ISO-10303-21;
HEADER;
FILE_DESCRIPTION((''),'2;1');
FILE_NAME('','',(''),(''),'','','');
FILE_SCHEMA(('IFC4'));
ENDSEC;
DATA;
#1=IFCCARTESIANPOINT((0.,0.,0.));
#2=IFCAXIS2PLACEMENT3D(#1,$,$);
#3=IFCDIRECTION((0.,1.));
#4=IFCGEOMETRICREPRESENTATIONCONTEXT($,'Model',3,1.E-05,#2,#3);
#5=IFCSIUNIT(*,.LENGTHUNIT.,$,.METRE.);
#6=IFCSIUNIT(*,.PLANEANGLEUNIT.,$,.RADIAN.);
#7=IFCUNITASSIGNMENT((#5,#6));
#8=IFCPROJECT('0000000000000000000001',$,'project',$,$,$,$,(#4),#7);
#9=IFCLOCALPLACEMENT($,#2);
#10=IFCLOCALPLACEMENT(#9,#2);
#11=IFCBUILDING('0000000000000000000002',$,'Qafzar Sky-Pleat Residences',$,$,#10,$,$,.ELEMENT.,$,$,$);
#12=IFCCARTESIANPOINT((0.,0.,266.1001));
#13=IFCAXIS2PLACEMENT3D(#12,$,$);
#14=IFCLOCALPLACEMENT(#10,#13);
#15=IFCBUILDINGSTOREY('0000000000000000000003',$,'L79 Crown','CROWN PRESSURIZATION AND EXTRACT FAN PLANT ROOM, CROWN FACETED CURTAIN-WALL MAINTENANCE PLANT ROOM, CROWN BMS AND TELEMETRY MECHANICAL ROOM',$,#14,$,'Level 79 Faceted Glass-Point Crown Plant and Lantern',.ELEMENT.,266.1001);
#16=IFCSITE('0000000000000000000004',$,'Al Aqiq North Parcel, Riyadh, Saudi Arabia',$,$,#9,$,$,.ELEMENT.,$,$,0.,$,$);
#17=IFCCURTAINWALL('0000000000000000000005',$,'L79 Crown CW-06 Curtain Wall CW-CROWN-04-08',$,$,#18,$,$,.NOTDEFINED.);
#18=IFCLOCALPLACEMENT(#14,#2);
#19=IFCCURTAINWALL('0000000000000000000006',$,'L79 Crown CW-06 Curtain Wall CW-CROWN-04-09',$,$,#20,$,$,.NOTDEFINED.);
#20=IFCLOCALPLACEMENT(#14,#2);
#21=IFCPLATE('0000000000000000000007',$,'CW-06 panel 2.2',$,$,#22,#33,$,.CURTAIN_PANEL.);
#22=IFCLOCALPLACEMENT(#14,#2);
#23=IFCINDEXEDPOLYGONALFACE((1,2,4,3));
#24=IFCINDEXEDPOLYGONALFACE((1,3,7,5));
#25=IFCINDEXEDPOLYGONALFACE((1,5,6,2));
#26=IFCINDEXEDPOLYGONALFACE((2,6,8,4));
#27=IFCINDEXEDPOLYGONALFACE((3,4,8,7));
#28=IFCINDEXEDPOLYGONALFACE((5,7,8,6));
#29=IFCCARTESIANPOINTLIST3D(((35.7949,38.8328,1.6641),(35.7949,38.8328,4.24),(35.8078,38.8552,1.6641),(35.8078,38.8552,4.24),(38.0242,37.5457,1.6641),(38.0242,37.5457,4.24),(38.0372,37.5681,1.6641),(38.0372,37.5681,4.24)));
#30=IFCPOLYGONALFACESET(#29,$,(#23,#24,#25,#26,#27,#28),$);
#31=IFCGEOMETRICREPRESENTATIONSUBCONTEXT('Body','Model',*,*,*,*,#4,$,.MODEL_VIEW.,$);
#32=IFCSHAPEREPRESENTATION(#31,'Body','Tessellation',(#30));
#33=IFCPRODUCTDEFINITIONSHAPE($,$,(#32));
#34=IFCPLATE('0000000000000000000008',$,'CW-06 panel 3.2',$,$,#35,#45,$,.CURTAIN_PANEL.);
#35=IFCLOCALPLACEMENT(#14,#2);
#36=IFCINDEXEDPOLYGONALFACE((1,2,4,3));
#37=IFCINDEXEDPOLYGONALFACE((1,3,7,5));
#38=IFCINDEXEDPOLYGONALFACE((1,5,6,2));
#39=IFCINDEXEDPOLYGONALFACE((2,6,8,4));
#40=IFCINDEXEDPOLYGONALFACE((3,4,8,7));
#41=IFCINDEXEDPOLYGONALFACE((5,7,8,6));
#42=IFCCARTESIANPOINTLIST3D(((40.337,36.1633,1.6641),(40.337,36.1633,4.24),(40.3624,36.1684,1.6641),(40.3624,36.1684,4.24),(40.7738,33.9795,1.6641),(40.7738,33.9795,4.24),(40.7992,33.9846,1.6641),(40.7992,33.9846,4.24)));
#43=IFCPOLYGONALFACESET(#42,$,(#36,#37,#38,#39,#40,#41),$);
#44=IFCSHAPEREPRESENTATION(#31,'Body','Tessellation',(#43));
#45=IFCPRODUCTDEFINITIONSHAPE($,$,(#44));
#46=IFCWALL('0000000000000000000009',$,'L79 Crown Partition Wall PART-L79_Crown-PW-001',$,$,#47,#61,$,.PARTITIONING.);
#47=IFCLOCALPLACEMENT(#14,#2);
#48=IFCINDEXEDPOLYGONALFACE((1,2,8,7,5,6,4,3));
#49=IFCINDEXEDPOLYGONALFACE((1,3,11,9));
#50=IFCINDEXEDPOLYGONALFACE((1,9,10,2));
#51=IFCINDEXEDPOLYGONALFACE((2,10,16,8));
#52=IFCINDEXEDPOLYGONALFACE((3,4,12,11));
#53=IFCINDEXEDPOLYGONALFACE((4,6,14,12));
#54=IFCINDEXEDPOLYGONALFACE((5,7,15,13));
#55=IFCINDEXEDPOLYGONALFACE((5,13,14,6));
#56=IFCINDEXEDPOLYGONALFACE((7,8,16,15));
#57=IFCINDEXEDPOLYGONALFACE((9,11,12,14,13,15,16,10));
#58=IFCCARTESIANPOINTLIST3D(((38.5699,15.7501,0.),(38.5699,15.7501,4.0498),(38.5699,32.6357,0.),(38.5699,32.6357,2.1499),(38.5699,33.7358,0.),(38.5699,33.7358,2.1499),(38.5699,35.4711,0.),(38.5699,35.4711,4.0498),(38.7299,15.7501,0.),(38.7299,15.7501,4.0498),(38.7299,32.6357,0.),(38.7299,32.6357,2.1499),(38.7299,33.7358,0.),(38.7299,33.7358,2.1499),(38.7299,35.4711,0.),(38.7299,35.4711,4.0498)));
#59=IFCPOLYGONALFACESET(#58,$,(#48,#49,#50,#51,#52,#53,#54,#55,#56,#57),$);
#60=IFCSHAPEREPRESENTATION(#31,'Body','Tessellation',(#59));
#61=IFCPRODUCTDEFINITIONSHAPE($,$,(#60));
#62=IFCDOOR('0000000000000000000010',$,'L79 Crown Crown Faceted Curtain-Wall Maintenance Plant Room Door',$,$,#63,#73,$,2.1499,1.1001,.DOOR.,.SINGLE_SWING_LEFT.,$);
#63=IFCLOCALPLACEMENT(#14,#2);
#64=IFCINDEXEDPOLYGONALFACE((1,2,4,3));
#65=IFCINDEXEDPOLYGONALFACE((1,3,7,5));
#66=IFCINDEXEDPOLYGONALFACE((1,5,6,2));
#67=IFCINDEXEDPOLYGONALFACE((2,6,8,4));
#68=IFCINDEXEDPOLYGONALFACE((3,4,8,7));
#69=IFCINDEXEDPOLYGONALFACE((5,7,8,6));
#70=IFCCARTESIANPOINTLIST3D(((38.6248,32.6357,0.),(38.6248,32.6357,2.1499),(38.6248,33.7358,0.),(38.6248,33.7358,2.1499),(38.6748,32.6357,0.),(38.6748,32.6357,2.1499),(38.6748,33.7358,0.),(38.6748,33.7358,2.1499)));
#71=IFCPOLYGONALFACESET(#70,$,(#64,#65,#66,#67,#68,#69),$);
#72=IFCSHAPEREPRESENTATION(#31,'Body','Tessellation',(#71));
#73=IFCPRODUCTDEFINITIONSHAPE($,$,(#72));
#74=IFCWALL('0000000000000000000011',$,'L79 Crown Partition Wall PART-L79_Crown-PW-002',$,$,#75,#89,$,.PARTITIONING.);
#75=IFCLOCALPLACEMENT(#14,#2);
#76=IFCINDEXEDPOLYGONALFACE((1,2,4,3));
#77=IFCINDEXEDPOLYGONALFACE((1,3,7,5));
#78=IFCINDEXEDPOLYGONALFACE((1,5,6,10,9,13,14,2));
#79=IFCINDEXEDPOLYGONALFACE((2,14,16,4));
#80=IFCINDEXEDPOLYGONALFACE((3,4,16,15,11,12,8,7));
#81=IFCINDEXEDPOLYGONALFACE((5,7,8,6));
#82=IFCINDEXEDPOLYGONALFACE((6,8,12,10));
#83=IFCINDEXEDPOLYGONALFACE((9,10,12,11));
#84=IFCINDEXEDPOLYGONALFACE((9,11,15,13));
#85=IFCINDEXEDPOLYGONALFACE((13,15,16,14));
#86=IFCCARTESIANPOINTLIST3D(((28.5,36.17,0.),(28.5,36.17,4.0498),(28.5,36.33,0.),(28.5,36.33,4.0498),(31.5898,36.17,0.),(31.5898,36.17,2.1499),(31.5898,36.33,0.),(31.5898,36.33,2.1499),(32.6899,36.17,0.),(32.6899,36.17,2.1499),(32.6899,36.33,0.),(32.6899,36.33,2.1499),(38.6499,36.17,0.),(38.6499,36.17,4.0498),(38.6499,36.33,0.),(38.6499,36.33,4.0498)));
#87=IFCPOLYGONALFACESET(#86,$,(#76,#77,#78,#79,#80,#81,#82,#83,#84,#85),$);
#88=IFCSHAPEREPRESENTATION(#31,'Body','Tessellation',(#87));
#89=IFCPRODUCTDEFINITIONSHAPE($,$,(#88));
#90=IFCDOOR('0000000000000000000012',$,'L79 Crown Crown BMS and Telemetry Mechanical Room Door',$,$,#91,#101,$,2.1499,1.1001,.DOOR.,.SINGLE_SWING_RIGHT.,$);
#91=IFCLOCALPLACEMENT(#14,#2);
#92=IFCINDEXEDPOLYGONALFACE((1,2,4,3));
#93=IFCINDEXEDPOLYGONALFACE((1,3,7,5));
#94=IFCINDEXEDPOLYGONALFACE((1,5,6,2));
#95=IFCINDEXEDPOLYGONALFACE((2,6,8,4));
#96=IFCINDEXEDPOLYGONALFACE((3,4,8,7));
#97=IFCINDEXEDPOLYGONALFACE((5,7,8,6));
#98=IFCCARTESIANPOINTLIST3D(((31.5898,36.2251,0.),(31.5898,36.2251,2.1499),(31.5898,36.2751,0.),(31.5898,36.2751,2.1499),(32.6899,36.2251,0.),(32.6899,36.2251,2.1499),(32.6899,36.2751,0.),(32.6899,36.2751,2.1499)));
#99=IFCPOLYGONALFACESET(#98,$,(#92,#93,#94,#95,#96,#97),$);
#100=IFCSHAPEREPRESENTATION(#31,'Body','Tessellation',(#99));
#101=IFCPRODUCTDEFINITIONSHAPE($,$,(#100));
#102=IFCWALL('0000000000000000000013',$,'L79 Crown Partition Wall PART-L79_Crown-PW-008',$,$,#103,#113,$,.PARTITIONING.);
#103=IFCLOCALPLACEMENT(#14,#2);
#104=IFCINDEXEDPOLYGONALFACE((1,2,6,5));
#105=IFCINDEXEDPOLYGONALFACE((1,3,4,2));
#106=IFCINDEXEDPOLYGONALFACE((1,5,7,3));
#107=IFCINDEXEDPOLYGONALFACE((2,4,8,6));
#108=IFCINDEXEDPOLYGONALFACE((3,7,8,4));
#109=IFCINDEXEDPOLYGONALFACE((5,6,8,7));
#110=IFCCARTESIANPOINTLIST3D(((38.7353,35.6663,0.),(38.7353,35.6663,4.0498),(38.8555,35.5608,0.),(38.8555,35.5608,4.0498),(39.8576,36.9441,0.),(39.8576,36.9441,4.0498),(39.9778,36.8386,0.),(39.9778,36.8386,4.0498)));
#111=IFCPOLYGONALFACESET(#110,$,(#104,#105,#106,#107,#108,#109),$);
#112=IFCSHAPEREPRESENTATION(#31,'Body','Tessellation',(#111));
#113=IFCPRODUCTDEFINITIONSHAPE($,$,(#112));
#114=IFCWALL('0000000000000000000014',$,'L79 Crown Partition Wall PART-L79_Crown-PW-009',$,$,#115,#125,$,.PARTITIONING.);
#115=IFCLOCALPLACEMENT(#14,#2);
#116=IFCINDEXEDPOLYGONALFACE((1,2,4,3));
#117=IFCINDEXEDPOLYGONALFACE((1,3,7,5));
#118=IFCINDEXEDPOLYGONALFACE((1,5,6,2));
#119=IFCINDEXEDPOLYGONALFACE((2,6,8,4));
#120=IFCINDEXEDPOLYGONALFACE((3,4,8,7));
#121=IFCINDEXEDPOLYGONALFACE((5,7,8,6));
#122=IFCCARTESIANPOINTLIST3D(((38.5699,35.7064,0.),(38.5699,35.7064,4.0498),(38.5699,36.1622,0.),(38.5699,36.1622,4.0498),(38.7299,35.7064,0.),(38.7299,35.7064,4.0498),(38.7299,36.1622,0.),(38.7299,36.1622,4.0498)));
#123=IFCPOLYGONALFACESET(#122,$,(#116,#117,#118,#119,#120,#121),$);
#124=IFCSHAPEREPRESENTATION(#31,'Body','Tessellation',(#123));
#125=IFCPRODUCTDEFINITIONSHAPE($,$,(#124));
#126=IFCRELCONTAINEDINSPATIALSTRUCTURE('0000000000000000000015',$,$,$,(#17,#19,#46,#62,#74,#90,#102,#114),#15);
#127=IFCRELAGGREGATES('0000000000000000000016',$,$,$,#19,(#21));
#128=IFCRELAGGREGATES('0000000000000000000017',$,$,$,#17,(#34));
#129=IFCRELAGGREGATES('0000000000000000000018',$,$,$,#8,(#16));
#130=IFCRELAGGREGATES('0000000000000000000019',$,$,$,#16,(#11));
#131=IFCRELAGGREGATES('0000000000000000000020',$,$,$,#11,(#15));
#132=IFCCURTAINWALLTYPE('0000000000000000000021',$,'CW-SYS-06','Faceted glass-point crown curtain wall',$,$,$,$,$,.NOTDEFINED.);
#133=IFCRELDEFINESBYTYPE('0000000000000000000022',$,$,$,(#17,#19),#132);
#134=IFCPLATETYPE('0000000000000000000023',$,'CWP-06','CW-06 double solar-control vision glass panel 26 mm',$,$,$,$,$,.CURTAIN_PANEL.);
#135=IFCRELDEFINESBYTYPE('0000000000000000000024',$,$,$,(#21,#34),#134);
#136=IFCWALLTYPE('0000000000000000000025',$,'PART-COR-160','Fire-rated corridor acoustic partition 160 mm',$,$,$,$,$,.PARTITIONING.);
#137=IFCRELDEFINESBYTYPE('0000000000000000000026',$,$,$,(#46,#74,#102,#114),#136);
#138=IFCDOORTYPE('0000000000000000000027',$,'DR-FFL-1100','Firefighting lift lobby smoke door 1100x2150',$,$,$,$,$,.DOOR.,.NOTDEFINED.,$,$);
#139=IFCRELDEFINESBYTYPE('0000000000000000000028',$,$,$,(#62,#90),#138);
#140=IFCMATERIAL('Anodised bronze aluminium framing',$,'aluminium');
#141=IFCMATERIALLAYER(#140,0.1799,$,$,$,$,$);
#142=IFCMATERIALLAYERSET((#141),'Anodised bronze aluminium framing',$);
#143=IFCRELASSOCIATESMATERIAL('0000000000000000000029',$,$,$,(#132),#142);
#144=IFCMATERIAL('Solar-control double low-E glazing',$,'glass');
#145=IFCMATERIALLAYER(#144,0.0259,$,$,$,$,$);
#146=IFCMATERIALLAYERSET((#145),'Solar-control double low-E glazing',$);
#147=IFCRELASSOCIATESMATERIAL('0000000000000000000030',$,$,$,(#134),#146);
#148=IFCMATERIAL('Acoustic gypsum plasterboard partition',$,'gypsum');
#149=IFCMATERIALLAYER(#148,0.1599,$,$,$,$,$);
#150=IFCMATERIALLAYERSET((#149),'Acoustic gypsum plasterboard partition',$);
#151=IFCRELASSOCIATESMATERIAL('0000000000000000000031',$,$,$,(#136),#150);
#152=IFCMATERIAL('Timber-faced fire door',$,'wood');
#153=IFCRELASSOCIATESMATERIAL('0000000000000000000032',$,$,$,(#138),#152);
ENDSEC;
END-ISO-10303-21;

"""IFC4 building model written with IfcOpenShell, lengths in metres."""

from ifc_helpers import new_model, si_unit, direction, frame, frame_2d, origin, origin_2d, place, context, subcontext, project, spatial, rectangle, extrude, source, transform, mapped, material, layer, layer_set, type_object, element, fill, aggregate, save


model = new_model("IFC4")

# Units and contexts
model_context = context("Model", 3, precision=1e-05, world=origin(), true_north=direction((0.0, 1.0)))
body_context = subcontext(model_context, "Body", "Model", "MODEL_VIEW")
ifc_project = project(units=[si_unit("LENGTHUNIT", "METRE"), si_unit("PLANEANGLEUNIT", "RADIAN")], contexts=[model_context])

# Site, building, storey
site_placement = place(None, origin())
site = spatial("IfcSite", under=ifc_project, at=site_placement, Name="Al Aqiq North Parcel, Riyadh, Saudi Arabia", CompositionType="ELEMENT", RefElevation=0.0)
building_placement = place(site_placement, origin())
building = spatial("IfcBuilding", under=site, at=building_placement, Name="Qafzar Sky-Pleat Residences", CompositionType="ELEMENT")
storey_placement = place(building_placement, frame((0.0, 0.0, 266.1001)))
storey = spatial("IfcBuildingStorey", under=building, at=storey_placement, Name="L79 Crown", Description="CROWN PRESSURIZATION AND EXTRACT FAN PLANT ROOM, CROWN FACETED CURTAIN-WALL MAINTENANCE PLANT ROOM, CROWN BMS AND TELEMETRY MECHANICAL ROOM", LongName="Level 79 Faceted Glass-Point Crown Plant and Lantern", CompositionType="ELEMENT", Elevation=266.1001)

# Curtain wall
ifc_material_1 = material(Name="Anodised bronze aluminium framing", Category="aluminium")
ifc_layer_1 = layer(ifc_material_1, 0.1799)
ifc_layer_set_1 = layer_set([ifc_layer_1], Name="Anodised bronze aluminium framing")
curtain_wall_type = type_object("IfcCurtainWallType", Name="CW-SYS-06", Description="Faceted glass-point crown curtain wall", PredefinedType="NOTDEFINED", material=ifc_layer_set_1)
curtain_wall_1_placement = place(storey_placement, origin())
curtain_wall_1 = element("IfcCurtainWall", 1, at=curtain_wall_1_placement, inside=storey, type_object=curtain_wall_type, Name="L79 Crown CW-06 Curtain Wall CW-CROWN-04-08", PredefinedType="NOTDEFINED")

# Curtain wall, plate
curtain_wall_2_placement = place(storey_placement, origin())
curtain_wall_2 = element("IfcCurtainWall", 2, at=curtain_wall_2_placement, inside=storey, type_object=curtain_wall_type, Name="L79 Crown CW-06 Curtain Wall CW-CROWN-04-09", PredefinedType="NOTDEFINED")
ifc_material_2 = material(Name="Solar-control double low-E glazing", Category="glass")
ifc_layer_2 = layer(ifc_material_2, 0.0259)
ifc_layer_set_2 = layer_set([ifc_layer_2], Name="Solar-control double low-E glazing")
plate_type = type_object("IfcPlateType", Name="CWP-06", Description="CW-06 double solar-control vision glass panel 26 mm", PredefinedType="CURTAIN_PANEL", material=ifc_layer_set_2)
shared_shape_1 = source(origin(), body_context, "Body", "SweptSolid", [
    extrude(rectangle(XDim=2.5742, YDim=0.0259, at=origin_2d()), origin(), (0.0, 0.0, 1.0), 2.5759),
])
plate_1_placement = place(storey_placement, frame((36.916, 38.2004, 1.6641), z_axis=(0.0, 0.0, 1.0), x_axis=(-0.866025, 0.500001, 0.0)))
plate_1 = element("IfcPlate", 3, at=plate_1_placement, type_object=plate_type, Name="CW-06 panel 2.2", PredefinedType="CURTAIN_PANEL", context=body_context, shape_type="MappedRepresentation", body=[
    mapped(shared_shape_1, transform((0.0, 0.0, 0.0), x_axis=(1.0, 0.0, 0.0), y_axis=(0.0, 1.0, 0.0), z_axis=(0.0, 0.0, 1.0), scale=1.0)),
])
aggregate(curtain_wall_2, [plate_1])

# Plate
shared_shape_2 = source(origin(), body_context, "Body", "SweptSolid", [
    extrude(rectangle(XDim=2.2271, YDim=0.0259, at=origin_2d()), origin(), (0.0, 0.0, 1.0), 2.5759),
])
plate_2_placement = place(storey_placement, frame((40.5681, 35.074, 1.6641), z_axis=(0.0, 0.0, 1.0), x_axis=(-0.196116, 0.980581, 0.0)))
plate_2 = element("IfcPlate", 4, at=plate_2_placement, type_object=plate_type, Name="CW-06 panel 3.2", PredefinedType="CURTAIN_PANEL", context=body_context, shape_type="MappedRepresentation", body=[
    mapped(shared_shape_2, transform((0.0, 0.0, 0.0), x_axis=(1.0, 0.0, 0.0), y_axis=(0.0, 1.0, 0.0), z_axis=(0.0, 0.0, 1.0), scale=1.0)),
])
aggregate(curtain_wall_1, [plate_2])

# Walls, openings, doors
ifc_material_3 = material(Name="Acoustic gypsum plasterboard partition", Category="gypsum")
ifc_layer_3 = layer(ifc_material_3, 0.1599)
ifc_layer_set_3 = layer_set([ifc_layer_3], Name="Acoustic gypsum plasterboard partition")
wall_type = type_object("IfcWallType", Name="PART-COR-160", Description="Fire-rated corridor acoustic partition 160 mm", PredefinedType="PARTITIONING", material=ifc_layer_set_3)
wall_1_placement = place(storey_placement, frame((38.6499, 35.4709, 0.0), z_axis=(0.0, 0.0, 1.0), x_axis=(0.0, -1.0, 0.0)))
wall_1 = element("IfcWall", 5, at=wall_1_placement, inside=storey, type_object=wall_type, Name="L79 Crown Partition Wall PART-L79_Crown-PW-001", PredefinedType="PARTITIONING", context=body_context, shape_type="SweptSolid", body=[
    extrude(rectangle(XDim=19.7209, YDim=0.1599, at=frame_2d((9.8604, 0.0))), origin(), (0.0, 0.0, 1.0), 4.0498),
])
opening_1_placement = place(wall_1_placement, frame((1.7351, 0.0, 0.0)))
opening_1 = element("IfcOpeningElement", 6, at=opening_1_placement, cuts=wall_1, PredefinedType="OPENING", context=body_context, shape_type="SweptSolid", body=[
    extrude(rectangle(XDim=1.1001, YDim=2.1499, at=frame_2d((0.55, 1.075))), frame((0.0, 0.0898, 0.0), z_axis=(0.0, -1.0, 0.0), x_axis=(1.0, 0.0, 0.0)), (0.0, 0.0, 1.0), 0.1799),
])
ifc_material_4 = material(Name="Timber-faced fire door", Category="wood")
door_type = type_object("IfcDoorType", Name="DR-FFL-1100", Description="Firefighting lift lobby smoke door 1100x2150", OperationType="NOTDEFINED", PredefinedType="DOOR", material=ifc_material_4)
shared_shape_3 = source(origin(), body_context, "Body", "SweptSolid", [
    extrude(rectangle(XDim=1.1001, YDim=2.1499, at=frame_2d((0.55, 1.075))), frame((0.0, 0.0249, 0.0), z_axis=(0.0, -1.0, 0.0), x_axis=(1.0, 0.0, 0.0)), (0.0, 0.0, 1.0), 0.05),
])
door_1_placement = place(opening_1_placement, origin())
door_1 = element("IfcDoor", 7, at=door_1_placement, inside=storey, type_object=door_type, Name="L79 Crown Crown Faceted Curtain-Wall Maintenance Plant Room Door", OperationType="SINGLE_SWING_LEFT", OverallHeight=2.1499, OverallWidth=1.1001, PredefinedType="DOOR", context=body_context, shape_type="MappedRepresentation", body=[
    mapped(shared_shape_3, transform((0.0, 0.0, 0.0), x_axis=(1.0, 0.0, 0.0), y_axis=(0.0, 1.0, 0.0), z_axis=(0.0, 0.0, 1.0), scale=1.0)),
])
fill(opening_1, door_1)
wall_2_placement = place(storey_placement, frame((38.6499, 36.25, 0.0), z_axis=(0.0, 0.0, 1.0), x_axis=(-1.0, 0.0, 0.0)))
wall_2 = element("IfcWall", 8, at=wall_2_placement, inside=storey, type_object=wall_type, Name="L79 Crown Partition Wall PART-L79_Crown-PW-002", PredefinedType="PARTITIONING", context=body_context, shape_type="SweptSolid", body=[
    extrude(rectangle(XDim=10.1499, YDim=0.1599, at=frame_2d((5.075, 0.0))), origin(), (0.0, 0.0, 1.0), 4.0498),
])
opening_2_placement = place(wall_2_placement, frame((5.96, 0.0, 0.0)))
opening_2 = element("IfcOpeningElement", 9, at=opening_2_placement, cuts=wall_2, PredefinedType="OPENING", context=body_context, shape_type="SweptSolid", body=[
    extrude(rectangle(XDim=1.1001, YDim=2.1499, at=frame_2d((0.55, 1.075))), frame((0.0, 0.0898, 0.0), z_axis=(0.0, -1.0, 0.0), x_axis=(1.0, 0.0, 0.0)), (0.0, 0.0, 1.0), 0.1799),
])
door_2_placement = place(opening_2_placement, origin())
door_2 = element("IfcDoor", 10, at=door_2_placement, inside=storey, type_object=door_type, Name="L79 Crown Crown BMS and Telemetry Mechanical Room Door", OperationType="SINGLE_SWING_RIGHT", OverallHeight=2.1499, OverallWidth=1.1001, PredefinedType="DOOR", context=body_context, shape_type="MappedRepresentation", body=[
    mapped(shared_shape_3, transform((0.0, 0.0, 0.0), x_axis=(1.0, 0.0, 0.0), y_axis=(0.0, 1.0, 0.0), z_axis=(0.0, 0.0, 1.0), scale=1.0)),
])
fill(opening_2, door_2)

# Walls
wall_3_placement = place(storey_placement, frame((38.7954, 35.6135, 0.0), z_axis=(0.0, 0.0, 1.0), x_axis=(0.659906, 0.751348, 0.0)))
element("IfcWall", 11, at=wall_3_placement, inside=storey, type_object=wall_type, Name="L79 Crown Partition Wall PART-L79_Crown-PW-008", PredefinedType="PARTITIONING", context=body_context, shape_type="SweptSolid", body=[
    extrude(rectangle(XDim=1.7007, YDim=0.1599, at=frame_2d((0.8503, 0.0))), origin(), (0.0, 0.0, 1.0), 4.0498),
])
wall_4_placement = place(storey_placement, frame((38.6499, 35.7063, 0.0), z_axis=(0.0, 0.0, 1.0), x_axis=(0.0, 1.0, 0.0)))
element("IfcWall", 12, at=wall_4_placement, inside=storey, type_object=wall_type, Name="L79 Crown Partition Wall PART-L79_Crown-PW-009", PredefinedType="PARTITIONING", context=body_context, shape_type="SweptSolid", body=[
    extrude(rectangle(XDim=0.4558, YDim=0.1599, at=frame_2d((0.228, 0.0))), origin(), (0.0, 0.0, 1.0), 4.0498),
])

save(model, "model.ifc")
